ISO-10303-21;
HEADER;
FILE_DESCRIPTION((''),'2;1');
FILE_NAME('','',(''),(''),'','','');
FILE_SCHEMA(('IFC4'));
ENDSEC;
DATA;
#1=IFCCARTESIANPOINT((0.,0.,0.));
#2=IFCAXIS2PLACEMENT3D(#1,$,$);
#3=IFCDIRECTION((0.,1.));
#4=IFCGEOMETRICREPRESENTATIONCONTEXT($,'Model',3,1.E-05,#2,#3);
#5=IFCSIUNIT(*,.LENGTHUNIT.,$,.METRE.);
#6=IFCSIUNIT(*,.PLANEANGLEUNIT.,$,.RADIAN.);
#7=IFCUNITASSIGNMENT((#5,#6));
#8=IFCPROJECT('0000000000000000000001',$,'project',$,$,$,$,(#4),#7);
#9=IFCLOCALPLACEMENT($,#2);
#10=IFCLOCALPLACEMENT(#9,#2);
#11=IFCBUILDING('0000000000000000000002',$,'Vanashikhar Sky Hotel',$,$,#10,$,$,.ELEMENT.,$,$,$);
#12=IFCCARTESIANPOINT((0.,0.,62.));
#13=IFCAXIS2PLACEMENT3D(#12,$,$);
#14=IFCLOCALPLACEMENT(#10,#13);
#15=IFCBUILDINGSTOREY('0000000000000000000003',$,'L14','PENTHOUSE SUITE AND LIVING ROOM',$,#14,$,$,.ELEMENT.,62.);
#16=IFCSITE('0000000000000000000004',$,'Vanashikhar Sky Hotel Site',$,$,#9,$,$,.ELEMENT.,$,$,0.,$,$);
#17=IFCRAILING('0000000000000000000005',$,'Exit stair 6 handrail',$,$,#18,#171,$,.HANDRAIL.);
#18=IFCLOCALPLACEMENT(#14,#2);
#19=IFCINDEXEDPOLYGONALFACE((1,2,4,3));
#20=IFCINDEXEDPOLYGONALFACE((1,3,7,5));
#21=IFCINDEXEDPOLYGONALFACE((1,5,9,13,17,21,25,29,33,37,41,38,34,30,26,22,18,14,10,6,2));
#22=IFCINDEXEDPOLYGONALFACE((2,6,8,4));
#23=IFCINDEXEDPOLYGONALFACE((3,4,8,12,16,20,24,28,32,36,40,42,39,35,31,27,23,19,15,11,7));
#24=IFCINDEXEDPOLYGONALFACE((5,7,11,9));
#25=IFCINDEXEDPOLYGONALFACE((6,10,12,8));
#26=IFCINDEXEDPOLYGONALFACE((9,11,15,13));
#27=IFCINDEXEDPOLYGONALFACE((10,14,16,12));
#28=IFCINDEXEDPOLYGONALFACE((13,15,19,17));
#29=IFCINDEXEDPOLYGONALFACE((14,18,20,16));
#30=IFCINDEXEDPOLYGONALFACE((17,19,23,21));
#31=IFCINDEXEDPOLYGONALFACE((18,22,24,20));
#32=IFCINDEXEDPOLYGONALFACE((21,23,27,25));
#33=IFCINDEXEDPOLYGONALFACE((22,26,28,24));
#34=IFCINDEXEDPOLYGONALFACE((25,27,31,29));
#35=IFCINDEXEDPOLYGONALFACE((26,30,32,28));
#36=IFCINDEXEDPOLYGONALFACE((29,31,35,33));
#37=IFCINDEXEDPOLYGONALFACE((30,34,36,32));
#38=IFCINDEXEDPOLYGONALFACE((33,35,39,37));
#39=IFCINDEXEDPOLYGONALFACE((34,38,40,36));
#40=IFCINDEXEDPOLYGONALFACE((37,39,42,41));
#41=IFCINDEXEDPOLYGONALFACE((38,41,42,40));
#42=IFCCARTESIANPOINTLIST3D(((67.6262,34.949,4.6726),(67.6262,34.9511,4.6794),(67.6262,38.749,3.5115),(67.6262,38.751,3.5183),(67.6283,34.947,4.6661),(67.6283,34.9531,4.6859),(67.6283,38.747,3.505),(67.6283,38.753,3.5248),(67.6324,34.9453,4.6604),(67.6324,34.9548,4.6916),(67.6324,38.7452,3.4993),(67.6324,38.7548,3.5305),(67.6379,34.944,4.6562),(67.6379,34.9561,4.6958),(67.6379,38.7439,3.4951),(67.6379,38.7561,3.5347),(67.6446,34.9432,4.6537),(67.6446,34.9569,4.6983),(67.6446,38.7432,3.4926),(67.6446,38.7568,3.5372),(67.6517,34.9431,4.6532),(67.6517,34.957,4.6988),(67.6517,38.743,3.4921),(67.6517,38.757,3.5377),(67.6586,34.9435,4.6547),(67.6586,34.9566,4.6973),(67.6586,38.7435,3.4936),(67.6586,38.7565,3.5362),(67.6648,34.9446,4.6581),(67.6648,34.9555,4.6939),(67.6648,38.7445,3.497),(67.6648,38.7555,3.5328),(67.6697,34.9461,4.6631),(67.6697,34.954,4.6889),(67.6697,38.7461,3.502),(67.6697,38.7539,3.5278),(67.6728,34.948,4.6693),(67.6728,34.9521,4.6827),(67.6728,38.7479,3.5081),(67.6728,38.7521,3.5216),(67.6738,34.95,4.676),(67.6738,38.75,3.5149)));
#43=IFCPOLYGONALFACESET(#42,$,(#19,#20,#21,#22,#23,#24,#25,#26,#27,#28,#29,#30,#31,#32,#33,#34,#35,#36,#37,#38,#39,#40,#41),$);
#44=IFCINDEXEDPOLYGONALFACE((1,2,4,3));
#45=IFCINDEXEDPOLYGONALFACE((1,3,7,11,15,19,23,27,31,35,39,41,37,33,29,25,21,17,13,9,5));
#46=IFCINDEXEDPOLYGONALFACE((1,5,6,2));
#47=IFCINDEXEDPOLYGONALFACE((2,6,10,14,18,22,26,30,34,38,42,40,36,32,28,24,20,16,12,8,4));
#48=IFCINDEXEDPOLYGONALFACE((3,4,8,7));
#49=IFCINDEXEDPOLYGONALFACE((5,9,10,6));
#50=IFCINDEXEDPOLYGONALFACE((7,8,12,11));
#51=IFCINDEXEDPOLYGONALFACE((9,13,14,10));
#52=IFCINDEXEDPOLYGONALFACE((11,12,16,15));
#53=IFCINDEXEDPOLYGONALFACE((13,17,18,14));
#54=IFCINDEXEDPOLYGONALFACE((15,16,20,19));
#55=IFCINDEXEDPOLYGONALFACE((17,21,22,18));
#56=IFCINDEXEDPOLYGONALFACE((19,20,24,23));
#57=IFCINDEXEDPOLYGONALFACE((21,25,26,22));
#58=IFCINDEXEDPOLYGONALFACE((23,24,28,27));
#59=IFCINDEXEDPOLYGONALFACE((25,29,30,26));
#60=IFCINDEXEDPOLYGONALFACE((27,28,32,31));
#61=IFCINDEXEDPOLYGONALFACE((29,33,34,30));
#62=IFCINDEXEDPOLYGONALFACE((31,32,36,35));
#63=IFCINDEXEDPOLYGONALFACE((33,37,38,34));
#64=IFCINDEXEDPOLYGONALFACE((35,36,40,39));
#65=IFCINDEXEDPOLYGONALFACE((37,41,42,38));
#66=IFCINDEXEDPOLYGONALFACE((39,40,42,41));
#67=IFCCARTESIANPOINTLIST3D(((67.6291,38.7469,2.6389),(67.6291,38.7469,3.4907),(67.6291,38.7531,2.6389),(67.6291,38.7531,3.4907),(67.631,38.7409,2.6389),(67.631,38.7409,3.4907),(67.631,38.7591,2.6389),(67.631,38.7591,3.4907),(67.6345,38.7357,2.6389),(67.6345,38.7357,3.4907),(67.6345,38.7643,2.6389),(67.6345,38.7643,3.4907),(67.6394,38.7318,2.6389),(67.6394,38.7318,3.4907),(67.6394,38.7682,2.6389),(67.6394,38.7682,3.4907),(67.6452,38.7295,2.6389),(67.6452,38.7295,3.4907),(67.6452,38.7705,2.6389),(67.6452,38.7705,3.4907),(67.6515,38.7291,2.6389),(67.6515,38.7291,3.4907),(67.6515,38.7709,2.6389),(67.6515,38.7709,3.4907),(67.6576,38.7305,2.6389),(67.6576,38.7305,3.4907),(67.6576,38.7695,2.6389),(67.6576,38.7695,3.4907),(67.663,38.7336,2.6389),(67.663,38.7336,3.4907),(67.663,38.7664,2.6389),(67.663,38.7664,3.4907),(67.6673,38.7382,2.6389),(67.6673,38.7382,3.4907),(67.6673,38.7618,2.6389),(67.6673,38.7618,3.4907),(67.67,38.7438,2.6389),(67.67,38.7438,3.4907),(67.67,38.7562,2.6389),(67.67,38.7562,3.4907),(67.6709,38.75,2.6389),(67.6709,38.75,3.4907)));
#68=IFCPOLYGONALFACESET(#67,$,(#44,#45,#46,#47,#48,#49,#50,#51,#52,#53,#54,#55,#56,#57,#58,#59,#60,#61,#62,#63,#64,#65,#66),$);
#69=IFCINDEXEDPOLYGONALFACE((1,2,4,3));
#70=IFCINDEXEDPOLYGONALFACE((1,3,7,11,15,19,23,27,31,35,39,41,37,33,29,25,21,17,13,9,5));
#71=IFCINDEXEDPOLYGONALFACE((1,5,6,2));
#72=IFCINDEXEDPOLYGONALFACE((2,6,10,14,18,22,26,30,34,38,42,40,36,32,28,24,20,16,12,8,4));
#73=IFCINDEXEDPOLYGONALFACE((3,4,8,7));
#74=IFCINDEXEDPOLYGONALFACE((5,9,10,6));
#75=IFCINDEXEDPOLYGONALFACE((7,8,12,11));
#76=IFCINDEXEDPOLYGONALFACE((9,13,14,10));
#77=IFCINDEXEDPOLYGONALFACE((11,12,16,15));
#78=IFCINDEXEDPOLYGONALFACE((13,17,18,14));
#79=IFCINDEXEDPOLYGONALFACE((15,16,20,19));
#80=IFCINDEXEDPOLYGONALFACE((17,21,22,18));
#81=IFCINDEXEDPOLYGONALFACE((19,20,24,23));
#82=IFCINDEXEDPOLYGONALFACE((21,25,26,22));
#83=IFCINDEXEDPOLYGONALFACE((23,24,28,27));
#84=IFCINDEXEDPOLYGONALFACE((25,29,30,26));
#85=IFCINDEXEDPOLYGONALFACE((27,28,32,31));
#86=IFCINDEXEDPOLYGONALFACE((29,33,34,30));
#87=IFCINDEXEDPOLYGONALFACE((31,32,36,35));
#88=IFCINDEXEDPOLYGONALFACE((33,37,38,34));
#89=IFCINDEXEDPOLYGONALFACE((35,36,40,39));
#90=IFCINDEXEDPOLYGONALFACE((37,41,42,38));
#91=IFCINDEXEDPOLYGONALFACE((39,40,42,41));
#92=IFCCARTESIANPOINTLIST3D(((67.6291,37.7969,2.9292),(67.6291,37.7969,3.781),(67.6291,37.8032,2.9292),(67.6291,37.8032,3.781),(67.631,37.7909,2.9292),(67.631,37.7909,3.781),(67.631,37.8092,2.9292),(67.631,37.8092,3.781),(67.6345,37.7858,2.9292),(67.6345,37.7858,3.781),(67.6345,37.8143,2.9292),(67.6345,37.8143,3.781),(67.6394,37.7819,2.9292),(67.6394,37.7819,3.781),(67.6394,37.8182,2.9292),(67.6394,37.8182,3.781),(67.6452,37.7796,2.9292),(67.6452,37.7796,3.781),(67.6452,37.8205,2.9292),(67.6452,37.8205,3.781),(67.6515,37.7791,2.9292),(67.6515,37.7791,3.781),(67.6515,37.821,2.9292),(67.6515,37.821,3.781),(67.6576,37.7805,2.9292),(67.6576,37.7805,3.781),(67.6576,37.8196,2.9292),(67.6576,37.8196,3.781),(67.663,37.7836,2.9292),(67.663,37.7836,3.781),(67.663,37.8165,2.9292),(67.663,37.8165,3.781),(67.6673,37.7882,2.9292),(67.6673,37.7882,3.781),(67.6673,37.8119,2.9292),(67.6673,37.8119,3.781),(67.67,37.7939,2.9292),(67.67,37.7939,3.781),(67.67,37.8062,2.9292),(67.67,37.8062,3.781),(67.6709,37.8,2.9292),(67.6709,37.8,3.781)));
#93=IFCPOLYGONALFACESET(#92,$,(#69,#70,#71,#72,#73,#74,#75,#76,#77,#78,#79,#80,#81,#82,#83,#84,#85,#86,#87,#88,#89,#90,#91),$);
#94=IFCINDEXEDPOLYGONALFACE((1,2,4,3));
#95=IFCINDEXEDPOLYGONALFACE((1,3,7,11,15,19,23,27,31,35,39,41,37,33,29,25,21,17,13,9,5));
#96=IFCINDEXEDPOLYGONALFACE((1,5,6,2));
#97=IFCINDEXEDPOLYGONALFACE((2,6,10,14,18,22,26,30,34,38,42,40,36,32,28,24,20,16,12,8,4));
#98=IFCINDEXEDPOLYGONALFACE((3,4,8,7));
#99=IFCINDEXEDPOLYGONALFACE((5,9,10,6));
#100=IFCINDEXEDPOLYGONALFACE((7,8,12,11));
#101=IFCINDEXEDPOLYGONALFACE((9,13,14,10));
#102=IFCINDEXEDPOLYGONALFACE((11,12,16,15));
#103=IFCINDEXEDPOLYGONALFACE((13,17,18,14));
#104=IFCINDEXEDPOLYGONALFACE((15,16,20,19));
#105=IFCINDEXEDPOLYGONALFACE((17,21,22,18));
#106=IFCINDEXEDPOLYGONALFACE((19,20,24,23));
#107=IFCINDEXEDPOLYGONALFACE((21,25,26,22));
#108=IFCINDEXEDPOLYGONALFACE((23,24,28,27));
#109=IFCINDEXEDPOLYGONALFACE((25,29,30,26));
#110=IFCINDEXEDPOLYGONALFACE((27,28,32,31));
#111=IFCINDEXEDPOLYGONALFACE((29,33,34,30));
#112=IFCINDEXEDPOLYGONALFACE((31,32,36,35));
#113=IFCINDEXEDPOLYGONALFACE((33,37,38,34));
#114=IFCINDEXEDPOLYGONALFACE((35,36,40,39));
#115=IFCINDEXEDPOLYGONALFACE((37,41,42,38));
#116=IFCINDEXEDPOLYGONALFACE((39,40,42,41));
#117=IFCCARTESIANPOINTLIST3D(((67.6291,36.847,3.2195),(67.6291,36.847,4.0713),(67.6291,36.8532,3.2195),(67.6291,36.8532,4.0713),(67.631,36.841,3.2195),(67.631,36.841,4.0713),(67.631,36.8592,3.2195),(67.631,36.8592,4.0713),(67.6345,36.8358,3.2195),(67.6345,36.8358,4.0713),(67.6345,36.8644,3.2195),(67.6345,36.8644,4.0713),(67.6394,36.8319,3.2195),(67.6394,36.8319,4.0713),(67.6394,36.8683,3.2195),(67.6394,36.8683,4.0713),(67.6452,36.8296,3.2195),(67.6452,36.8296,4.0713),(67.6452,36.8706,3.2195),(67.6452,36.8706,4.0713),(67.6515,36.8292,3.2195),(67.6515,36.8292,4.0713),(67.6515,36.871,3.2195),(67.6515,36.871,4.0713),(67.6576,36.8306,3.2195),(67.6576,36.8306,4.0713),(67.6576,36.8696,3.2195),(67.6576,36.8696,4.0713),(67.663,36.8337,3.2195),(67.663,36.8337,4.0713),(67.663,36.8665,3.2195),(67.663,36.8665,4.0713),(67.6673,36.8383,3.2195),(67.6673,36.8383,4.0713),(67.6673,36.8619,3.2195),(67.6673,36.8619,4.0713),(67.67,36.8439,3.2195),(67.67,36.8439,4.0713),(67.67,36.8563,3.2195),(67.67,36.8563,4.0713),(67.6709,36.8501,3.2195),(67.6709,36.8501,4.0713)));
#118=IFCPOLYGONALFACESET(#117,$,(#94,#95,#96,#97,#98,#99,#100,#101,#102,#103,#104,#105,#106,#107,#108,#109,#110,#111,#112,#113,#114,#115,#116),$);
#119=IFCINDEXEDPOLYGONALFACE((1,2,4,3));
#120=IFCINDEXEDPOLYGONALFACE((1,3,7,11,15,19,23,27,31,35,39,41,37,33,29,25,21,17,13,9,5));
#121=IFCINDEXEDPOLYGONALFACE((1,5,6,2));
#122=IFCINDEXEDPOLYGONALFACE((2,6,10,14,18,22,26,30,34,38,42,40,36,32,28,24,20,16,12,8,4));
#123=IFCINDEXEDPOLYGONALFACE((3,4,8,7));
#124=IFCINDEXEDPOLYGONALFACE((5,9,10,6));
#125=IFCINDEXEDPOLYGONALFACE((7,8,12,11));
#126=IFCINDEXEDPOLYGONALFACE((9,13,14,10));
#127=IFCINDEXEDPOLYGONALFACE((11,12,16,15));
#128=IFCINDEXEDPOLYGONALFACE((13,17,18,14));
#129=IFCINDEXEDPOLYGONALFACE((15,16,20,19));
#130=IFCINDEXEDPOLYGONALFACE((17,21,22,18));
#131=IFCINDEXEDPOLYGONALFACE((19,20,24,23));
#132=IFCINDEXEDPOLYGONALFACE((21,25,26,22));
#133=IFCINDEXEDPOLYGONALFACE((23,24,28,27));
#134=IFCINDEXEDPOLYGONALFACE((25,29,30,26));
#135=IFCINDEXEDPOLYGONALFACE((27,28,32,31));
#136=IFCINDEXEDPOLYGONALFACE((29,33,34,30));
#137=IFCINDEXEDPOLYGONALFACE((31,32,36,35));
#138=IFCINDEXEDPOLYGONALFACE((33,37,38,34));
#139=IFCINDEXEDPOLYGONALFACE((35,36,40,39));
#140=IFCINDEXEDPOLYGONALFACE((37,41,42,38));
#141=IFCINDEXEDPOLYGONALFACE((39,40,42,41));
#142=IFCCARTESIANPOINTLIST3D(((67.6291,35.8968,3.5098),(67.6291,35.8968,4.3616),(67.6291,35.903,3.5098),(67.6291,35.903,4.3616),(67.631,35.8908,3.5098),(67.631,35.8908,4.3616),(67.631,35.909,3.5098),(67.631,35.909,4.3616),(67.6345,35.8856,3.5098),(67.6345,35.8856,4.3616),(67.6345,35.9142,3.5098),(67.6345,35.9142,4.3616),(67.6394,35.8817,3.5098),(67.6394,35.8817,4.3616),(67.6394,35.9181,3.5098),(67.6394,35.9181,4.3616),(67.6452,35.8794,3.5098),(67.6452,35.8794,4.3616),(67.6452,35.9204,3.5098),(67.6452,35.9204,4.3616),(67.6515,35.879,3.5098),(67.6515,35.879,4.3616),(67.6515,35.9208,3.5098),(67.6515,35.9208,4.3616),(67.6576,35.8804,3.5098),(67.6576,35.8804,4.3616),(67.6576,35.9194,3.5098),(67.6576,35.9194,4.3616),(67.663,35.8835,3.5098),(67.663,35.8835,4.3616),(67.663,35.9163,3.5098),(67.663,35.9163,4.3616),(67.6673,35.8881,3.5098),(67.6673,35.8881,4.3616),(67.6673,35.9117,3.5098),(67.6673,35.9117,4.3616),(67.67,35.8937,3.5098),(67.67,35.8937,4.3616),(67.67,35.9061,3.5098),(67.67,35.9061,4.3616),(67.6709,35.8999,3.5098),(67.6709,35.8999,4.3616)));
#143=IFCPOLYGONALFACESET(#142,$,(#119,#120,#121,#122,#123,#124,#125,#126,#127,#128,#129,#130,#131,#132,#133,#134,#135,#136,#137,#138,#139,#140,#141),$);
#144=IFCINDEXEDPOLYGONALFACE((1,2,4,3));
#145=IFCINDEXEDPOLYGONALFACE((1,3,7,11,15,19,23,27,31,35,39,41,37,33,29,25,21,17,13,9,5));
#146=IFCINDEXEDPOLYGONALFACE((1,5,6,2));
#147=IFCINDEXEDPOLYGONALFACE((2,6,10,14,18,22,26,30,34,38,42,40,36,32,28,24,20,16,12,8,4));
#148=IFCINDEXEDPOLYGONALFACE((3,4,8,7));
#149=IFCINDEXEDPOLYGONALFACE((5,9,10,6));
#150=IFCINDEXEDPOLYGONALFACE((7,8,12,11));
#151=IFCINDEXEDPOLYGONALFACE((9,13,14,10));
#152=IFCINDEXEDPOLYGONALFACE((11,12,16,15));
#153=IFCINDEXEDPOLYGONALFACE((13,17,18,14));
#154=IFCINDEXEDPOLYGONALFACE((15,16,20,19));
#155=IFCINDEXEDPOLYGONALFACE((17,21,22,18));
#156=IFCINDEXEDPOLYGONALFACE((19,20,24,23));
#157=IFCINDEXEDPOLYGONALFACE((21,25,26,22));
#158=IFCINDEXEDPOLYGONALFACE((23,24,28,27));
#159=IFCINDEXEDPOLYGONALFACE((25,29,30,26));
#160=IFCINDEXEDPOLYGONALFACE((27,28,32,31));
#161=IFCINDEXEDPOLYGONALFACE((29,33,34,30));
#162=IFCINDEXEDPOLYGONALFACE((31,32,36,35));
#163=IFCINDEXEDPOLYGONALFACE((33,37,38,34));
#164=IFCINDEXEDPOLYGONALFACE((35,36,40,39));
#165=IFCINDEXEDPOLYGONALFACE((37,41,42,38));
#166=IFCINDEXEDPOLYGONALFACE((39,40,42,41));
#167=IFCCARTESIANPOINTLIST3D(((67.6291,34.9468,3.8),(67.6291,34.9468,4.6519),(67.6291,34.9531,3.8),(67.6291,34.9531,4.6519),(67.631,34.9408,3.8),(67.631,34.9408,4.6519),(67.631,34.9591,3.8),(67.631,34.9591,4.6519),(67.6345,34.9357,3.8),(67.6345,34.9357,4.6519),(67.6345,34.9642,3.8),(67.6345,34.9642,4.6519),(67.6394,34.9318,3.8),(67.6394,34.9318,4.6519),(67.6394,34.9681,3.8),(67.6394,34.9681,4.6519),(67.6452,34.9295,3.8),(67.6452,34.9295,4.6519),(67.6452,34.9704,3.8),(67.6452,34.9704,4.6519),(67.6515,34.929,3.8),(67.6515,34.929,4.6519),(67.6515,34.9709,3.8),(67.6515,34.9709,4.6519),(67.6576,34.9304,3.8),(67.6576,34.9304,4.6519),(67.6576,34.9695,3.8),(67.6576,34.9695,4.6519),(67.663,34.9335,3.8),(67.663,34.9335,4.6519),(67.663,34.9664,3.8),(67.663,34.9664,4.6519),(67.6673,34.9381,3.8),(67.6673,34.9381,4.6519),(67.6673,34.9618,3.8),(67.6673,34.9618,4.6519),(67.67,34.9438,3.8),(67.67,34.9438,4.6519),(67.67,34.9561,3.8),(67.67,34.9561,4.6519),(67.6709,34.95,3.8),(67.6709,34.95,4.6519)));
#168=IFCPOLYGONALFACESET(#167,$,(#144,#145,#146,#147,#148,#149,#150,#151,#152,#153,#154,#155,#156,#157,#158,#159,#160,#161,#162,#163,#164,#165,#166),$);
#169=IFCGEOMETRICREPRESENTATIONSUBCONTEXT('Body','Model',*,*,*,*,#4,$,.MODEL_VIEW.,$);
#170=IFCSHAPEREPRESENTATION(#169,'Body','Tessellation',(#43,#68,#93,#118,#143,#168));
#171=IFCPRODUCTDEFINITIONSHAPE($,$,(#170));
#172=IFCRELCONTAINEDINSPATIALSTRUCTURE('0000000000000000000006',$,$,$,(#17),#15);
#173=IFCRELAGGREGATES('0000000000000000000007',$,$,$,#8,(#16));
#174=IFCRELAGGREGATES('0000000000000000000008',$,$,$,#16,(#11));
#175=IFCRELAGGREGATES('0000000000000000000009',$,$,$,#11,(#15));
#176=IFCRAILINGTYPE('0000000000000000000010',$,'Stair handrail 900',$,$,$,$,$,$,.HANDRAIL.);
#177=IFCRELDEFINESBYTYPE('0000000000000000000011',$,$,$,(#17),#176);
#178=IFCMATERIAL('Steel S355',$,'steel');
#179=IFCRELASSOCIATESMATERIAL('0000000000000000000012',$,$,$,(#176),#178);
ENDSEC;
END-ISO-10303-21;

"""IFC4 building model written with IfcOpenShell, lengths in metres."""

from ifc_helpers import new_model, si_unit, direction, frame, origin, origin_2d, place, context, subcontext, project, spatial, circle, extrude, source, transform, mapped, material, type_object, element, save


model = new_model("IFC4")

# Units and contexts
model_context = context("Model", 3, precision=1e-05, world=origin(), true_north=direction((0.0, 1.0)))
body_context = subcontext(model_context, "Body", "Model", "MODEL_VIEW")
ifc_project = project(units=[si_unit("LENGTHUNIT", "METRE"), si_unit("PLANEANGLEUNIT", "RADIAN")], contexts=[model_context])

# Site, building, storey
site_placement = place(None, origin())
site = spatial("IfcSite", under=ifc_project, at=site_placement, Name="Vanashikhar Sky Hotel Site", CompositionType="ELEMENT", RefElevation=0.0)
building_placement = place(site_placement, origin())
building = spatial("IfcBuilding", under=site, at=building_placement, Name="Vanashikhar Sky Hotel", CompositionType="ELEMENT")
storey_placement = place(building_placement, frame((0.0, 0.0, 62.0)))
storey = spatial("IfcBuildingStorey", under=building, at=storey_placement, Name="L14", Description="PENTHOUSE SUITE AND LIVING ROOM", CompositionType="ELEMENT", Elevation=62.0)

# Railing
ifc_material_1 = material(Name="Steel S355", Category="steel")
railing_type_1 = type_object("IfcRailingType", Name="Stair handrail 900", PredefinedType="HANDRAIL", material=ifc_material_1)
shared_shape_1 = source(origin(), body_context, "Body", "SweptSolid", [
    extrude(circle(Radius=0.0239, at=origin_2d()), frame((0.0, 0.0, 0.876), z_axis=(0.0, -0.956351, 0.29222), x_axis=(1.0, 0.0, 0.0)), (0.0, 0.0, 1.0), 3.9734),
    extrude(circle(Radius=0.021, at=origin_2d()), origin(), (0.0, 0.0, 1.0), 0.8518),
    extrude(circle(Radius=0.021, at=origin_2d()), frame((0.0, -0.95, 0.2903)), (0.0, 0.0, 1.0), 0.8518),
    extrude(circle(Radius=0.021, at=origin_2d()), frame((0.0, -1.8999, 0.5806)), (0.0, 0.0, 1.0), 0.8518),
    extrude(circle(Radius=0.021, at=origin_2d()), frame((0.0, -2.8501, 0.8708)), (0.0, 0.0, 1.0), 0.8518),
    extrude(circle(Radius=0.021, at=origin_2d()), frame((0.0, -3.8, 1.1611)), (0.0, 0.0, 1.0), 0.8518),
])
for number, where, name in (
    (1, (67.6499, 38.75, 2.6389), "Exit stair 6 handrail"),
):
    element("IfcRailing", number, at=place(storey_placement, frame(where)), inside=storey, type_object=railing_type_1, Name=name, PredefinedType="HANDRAIL", context=body_context, shape_type="MappedRepresentation", body=[
        mapped(shared_shape_1, transform((0.0, 0.0, 0.0), scale=1.0)),
    ])

save(model, "model.ifc")
